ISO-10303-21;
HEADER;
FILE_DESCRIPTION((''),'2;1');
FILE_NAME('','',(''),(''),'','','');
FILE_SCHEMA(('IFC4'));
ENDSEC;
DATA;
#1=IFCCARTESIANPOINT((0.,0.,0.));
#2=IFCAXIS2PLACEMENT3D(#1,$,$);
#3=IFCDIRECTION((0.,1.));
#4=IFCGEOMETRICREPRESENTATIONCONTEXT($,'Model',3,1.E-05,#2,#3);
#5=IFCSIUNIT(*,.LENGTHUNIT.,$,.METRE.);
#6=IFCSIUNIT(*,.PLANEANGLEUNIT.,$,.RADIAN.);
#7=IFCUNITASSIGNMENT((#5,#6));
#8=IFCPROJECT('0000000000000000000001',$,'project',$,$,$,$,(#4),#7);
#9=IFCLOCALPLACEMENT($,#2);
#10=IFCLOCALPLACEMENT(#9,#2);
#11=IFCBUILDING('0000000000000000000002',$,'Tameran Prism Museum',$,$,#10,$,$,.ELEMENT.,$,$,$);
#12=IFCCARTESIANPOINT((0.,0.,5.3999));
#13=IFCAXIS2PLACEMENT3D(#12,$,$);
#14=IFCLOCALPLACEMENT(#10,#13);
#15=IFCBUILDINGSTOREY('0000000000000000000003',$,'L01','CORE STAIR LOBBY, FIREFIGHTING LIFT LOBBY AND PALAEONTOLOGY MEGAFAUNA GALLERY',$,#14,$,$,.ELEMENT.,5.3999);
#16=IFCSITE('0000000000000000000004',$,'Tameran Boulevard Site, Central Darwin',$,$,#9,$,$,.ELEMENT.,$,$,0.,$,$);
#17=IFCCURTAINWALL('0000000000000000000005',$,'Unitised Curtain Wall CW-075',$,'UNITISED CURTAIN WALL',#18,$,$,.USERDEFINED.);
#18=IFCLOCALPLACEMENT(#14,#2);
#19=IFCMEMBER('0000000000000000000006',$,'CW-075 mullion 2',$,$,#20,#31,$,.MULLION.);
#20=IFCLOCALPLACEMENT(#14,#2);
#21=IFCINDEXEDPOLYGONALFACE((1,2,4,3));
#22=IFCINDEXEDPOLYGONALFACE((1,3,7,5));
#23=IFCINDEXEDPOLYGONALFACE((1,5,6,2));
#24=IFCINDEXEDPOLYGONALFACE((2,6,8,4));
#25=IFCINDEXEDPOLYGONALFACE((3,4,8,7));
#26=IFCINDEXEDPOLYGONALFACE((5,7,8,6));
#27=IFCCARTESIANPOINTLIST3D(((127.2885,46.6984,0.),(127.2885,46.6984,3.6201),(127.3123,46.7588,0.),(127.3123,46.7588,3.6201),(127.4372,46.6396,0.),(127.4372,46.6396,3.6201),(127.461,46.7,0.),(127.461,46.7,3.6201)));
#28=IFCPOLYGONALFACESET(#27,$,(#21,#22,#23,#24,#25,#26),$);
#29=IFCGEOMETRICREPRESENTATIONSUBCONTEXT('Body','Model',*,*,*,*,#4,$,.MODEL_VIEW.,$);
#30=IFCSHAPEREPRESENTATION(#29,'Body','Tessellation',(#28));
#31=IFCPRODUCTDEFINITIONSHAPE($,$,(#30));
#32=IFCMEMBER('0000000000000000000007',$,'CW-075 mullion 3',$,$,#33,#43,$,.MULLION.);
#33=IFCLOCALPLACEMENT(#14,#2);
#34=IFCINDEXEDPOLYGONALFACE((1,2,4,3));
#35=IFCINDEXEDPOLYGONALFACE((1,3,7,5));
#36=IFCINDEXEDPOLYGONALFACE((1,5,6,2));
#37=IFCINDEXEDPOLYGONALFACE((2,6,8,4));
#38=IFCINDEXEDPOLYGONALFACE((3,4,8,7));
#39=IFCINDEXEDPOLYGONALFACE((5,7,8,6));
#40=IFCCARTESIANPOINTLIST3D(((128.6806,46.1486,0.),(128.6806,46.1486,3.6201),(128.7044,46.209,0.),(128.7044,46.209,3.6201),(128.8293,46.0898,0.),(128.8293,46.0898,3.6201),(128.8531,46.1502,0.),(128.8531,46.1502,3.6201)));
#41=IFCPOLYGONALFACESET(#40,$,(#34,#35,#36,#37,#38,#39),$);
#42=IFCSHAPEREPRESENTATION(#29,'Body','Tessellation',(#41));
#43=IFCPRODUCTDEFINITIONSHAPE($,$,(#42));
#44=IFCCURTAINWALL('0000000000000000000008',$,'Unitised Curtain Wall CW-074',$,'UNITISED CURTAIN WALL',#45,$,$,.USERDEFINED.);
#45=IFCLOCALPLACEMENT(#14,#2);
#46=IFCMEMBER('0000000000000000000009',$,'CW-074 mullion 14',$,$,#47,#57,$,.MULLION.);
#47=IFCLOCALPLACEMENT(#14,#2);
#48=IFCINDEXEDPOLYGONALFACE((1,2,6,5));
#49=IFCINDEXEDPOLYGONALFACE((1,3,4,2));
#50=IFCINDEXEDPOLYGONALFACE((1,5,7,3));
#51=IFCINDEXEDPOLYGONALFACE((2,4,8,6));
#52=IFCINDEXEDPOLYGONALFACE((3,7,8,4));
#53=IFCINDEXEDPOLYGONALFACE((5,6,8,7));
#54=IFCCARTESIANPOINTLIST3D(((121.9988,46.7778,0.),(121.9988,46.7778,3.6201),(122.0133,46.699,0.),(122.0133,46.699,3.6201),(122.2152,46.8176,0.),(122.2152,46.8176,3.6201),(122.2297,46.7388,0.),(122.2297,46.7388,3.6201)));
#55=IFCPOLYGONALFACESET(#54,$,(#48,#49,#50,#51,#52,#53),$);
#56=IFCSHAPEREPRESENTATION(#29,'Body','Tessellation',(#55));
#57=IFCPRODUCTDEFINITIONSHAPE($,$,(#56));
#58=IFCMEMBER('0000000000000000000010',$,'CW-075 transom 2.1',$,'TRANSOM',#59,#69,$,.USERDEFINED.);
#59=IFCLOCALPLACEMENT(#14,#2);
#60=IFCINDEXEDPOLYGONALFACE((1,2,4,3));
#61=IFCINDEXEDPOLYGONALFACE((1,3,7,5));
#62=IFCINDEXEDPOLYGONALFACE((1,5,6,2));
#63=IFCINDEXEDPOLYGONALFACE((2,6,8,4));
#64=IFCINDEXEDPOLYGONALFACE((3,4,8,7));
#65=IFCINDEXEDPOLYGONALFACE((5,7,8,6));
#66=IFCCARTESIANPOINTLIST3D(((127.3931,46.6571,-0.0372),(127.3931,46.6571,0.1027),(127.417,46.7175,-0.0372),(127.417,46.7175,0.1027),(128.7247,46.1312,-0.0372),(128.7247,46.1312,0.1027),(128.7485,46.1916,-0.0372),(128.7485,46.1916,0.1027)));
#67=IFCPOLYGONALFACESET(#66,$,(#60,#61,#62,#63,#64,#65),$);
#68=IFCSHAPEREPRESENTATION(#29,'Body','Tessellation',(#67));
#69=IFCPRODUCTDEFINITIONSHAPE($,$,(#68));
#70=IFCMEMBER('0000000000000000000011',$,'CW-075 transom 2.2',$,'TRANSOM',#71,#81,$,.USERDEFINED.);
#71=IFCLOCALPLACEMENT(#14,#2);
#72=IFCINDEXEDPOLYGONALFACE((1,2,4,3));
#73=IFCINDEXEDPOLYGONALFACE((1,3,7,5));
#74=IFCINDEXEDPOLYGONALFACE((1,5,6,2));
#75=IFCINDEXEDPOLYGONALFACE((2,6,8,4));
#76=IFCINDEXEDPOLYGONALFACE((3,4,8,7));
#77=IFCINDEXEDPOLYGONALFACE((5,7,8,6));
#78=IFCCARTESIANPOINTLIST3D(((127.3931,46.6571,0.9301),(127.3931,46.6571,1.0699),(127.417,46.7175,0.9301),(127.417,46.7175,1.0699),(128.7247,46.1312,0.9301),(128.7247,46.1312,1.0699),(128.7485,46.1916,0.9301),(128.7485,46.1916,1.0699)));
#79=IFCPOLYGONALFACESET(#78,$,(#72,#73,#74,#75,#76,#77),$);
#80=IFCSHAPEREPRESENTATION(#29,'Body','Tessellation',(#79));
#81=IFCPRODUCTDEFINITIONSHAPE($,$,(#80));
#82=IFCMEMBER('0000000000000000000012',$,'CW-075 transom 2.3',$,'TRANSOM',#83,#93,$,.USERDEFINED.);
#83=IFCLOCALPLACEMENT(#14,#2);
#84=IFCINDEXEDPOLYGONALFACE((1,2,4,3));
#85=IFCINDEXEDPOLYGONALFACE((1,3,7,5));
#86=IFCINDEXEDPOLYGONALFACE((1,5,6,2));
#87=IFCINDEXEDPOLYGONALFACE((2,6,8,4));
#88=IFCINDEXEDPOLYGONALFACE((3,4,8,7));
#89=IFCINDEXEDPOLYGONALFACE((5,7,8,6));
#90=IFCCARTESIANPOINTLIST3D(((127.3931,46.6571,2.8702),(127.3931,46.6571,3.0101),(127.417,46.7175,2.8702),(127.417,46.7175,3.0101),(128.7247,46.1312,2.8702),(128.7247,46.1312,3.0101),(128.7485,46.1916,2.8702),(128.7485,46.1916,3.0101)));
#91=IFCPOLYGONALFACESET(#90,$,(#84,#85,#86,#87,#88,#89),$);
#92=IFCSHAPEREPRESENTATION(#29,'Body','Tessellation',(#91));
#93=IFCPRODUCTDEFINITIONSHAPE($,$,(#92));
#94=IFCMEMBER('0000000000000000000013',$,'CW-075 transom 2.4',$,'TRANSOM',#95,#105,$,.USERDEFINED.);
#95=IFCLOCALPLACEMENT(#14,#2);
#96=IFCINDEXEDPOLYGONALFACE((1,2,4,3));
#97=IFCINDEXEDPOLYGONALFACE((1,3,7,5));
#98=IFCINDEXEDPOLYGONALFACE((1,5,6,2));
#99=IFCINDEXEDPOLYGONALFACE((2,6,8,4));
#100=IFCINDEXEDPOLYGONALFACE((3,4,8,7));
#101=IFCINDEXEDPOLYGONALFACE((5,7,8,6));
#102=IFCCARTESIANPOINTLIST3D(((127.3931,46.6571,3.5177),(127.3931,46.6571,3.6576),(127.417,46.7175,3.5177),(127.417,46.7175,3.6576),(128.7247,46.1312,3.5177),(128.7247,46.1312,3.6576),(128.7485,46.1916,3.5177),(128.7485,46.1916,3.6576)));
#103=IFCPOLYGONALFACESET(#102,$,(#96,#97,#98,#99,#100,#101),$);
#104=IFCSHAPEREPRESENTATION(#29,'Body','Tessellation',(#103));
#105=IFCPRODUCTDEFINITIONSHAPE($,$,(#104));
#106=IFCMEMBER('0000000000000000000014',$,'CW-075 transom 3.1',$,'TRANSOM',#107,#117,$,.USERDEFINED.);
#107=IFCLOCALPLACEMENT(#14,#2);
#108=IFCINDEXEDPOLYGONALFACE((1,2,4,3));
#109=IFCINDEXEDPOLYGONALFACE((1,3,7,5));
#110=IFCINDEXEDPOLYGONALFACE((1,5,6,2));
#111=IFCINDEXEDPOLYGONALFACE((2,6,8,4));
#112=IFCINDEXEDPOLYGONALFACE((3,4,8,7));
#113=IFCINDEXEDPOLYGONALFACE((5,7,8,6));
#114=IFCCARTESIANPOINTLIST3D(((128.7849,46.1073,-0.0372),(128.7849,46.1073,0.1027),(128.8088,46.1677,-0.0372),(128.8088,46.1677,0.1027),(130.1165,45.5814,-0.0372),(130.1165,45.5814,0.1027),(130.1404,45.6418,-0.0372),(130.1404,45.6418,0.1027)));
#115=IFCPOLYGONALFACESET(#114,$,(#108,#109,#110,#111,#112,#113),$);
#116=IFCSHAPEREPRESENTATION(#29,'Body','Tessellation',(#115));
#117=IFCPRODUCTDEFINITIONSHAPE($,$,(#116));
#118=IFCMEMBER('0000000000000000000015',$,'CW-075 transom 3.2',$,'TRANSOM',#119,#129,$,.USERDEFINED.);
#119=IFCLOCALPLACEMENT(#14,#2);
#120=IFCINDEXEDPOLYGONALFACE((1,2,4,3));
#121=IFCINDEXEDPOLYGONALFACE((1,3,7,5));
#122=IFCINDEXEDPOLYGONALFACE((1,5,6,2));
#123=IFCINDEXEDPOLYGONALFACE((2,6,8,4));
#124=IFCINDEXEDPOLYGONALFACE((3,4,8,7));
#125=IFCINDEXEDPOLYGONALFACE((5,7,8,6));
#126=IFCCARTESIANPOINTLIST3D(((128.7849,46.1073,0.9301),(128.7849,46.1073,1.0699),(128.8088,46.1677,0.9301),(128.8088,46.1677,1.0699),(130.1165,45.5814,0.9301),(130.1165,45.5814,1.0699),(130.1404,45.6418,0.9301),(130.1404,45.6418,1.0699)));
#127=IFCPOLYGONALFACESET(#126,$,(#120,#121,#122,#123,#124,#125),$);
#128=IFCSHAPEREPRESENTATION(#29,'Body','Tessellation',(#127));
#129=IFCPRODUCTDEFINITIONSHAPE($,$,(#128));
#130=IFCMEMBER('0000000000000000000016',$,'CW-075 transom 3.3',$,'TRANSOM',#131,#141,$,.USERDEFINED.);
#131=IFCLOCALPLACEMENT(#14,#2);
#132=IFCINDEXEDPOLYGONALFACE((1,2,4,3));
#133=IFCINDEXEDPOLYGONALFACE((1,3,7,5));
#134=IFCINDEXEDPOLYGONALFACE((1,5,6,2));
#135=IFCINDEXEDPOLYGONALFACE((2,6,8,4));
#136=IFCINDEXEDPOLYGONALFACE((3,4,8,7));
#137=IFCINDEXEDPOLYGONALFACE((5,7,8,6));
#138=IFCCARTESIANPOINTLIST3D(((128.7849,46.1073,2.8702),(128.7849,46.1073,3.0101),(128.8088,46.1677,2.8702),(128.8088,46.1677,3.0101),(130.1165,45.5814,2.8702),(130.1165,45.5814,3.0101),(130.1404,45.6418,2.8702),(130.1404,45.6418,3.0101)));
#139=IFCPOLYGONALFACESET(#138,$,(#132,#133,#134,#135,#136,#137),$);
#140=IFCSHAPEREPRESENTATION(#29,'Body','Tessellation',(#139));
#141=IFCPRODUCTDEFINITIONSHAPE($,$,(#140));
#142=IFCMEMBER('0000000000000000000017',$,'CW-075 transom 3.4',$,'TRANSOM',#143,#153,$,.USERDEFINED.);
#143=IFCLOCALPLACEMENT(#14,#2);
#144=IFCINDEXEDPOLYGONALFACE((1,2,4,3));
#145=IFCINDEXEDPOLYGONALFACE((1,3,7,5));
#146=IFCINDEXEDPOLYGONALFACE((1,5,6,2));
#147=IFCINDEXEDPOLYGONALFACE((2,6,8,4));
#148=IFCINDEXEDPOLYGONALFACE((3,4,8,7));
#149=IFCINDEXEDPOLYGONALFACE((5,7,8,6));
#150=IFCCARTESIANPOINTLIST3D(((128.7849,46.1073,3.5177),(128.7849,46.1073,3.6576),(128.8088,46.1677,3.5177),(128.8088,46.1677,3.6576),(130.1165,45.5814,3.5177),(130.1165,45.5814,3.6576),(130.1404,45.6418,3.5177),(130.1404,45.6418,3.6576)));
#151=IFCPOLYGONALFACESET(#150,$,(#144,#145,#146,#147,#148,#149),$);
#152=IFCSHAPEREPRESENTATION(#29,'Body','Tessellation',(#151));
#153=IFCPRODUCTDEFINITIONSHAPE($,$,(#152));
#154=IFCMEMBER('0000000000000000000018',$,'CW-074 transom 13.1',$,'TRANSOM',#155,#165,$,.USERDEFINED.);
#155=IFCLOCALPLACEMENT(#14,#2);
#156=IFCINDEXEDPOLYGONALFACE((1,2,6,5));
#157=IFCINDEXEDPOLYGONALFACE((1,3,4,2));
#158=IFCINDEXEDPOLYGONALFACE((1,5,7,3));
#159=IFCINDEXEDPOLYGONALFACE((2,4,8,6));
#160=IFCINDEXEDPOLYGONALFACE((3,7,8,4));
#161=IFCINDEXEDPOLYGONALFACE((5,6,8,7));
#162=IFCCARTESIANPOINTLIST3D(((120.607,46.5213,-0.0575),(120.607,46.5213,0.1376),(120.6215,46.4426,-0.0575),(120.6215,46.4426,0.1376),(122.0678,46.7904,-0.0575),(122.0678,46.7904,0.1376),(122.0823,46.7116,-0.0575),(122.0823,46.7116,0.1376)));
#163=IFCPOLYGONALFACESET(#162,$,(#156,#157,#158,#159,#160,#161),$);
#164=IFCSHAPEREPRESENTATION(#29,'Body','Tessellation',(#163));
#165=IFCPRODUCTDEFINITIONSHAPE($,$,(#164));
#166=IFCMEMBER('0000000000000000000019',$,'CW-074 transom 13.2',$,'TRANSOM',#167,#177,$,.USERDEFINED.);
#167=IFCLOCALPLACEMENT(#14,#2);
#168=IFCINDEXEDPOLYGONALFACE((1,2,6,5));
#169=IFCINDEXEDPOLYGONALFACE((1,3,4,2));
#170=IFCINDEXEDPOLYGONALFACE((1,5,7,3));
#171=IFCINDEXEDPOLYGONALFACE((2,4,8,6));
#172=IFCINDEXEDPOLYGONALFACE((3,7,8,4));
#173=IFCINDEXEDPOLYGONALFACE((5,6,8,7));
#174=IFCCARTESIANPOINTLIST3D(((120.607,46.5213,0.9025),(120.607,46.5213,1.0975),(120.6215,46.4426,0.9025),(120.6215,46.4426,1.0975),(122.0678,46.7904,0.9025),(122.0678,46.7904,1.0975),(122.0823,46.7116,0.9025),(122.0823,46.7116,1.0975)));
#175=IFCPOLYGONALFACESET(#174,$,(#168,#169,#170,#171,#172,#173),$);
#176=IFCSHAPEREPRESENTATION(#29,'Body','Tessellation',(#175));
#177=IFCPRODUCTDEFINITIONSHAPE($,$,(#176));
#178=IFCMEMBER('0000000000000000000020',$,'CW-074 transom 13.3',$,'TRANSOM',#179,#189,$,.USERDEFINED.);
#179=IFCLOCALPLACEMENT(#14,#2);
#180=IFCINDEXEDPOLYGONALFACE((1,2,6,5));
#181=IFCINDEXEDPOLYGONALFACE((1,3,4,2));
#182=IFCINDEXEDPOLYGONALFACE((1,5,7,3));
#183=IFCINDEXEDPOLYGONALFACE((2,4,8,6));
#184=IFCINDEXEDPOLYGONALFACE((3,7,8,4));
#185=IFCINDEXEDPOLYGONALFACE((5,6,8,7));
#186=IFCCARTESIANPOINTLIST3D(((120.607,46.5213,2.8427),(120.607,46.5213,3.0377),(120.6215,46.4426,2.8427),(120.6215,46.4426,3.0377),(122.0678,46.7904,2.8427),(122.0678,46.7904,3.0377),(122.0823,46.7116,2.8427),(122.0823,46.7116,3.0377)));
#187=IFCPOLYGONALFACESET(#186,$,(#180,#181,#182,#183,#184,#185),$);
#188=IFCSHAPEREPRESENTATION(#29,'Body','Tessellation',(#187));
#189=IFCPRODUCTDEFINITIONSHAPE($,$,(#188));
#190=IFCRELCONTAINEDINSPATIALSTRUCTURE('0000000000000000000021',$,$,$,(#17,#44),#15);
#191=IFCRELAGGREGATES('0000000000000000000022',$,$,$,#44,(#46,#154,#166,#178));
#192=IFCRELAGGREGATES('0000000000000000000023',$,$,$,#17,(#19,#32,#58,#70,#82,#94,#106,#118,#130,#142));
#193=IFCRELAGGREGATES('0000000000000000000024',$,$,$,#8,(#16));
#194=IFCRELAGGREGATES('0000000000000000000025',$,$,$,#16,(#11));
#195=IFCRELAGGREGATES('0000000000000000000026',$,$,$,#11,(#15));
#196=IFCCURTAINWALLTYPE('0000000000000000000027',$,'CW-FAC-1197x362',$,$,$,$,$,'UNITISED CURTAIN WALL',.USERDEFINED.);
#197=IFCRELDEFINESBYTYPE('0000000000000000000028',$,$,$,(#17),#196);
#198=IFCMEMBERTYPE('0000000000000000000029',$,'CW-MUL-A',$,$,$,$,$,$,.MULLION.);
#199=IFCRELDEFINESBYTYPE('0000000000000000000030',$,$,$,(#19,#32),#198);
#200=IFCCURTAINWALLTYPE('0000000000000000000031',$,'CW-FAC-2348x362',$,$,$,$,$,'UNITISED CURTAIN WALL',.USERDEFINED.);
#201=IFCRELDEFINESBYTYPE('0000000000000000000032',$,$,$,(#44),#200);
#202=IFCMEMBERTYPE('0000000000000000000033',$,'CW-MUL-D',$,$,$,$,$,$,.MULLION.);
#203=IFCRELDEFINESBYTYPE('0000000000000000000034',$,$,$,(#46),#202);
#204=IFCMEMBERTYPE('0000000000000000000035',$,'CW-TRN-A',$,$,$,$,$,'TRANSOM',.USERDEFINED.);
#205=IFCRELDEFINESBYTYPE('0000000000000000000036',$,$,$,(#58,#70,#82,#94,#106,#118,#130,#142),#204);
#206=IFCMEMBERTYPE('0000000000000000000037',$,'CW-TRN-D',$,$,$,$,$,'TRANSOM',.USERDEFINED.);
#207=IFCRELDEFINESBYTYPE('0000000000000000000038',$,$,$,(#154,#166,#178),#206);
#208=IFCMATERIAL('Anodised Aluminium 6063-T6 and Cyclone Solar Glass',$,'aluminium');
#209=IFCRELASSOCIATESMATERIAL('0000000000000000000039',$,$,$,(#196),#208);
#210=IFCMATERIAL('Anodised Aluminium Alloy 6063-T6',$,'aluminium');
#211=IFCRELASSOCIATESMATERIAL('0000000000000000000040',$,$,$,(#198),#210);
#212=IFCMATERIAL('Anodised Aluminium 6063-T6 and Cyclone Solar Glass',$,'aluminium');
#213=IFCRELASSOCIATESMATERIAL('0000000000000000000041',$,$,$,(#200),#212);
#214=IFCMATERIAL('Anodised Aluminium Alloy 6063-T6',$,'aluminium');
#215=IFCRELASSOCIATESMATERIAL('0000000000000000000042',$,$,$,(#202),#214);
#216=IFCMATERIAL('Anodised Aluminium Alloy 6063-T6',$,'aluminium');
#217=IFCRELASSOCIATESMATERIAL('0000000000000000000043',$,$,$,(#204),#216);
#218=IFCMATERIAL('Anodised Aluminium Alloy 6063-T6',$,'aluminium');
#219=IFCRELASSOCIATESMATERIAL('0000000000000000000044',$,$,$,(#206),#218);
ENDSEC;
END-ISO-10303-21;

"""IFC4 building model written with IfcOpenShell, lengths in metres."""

from ifc_helpers import new_model, si_unit, direction, frame, origin, origin_2d, place, context, subcontext, project, spatial, rectangle, extrude, material, material_profile, profile_set, type_object, element, aggregate, save


model = new_model("IFC4")

# Units and contexts
model_context = context("Model", 3, precision=1e-05, world=origin(), true_north=direction((0.0, 1.0)))
body_context = subcontext(model_context, "Body", "Model", "MODEL_VIEW")
ifc_project = project(units=[si_unit("LENGTHUNIT", "METRE"), si_unit("PLANEANGLEUNIT", "RADIAN")], contexts=[model_context])

# Site, building, storey
site_placement = place(None, origin())
site = spatial("IfcSite", under=ifc_project, at=site_placement, Name="Tameran Boulevard Site, Central Darwin", CompositionType="ELEMENT", RefElevation=0.0)
building_placement = place(site_placement, origin())
building = spatial("IfcBuilding", under=site, at=building_placement, Name="Tameran Prism Museum", CompositionType="ELEMENT")
storey_placement = place(building_placement, frame((0.0, 0.0, 5.3999)))
storey = spatial("IfcBuildingStorey", under=building, at=storey_placement, Name="L01", Description="CORE STAIR LOBBY, FIREFIGHTING LIFT LOBBY AND PALAEONTOLOGY MEGAFAUNA GALLERY", CompositionType="ELEMENT", Elevation=5.3999)

# Curtain wall, members
ifc_material_1 = material(Name="Anodised Aluminium 6063-T6 and Cyclone Solar Glass", Category="aluminium")
curtain_wall_type_1 = type_object("IfcCurtainWallType", Name="CW-FAC-1197x362", ElementType="UNITISED CURTAIN WALL", PredefinedType="USERDEFINED", material=ifc_material_1)
curtain_wall_1_placement = place(storey_placement, origin())
curtain_wall_1 = element("IfcCurtainWall", 1, at=curtain_wall_1_placement, inside=storey, type_object=curtain_wall_type_1, Name="Unitised Curtain Wall CW-075", ObjectType="UNITISED CURTAIN WALL", PredefinedType="USERDEFINED")
ifc_material_2 = material(Name="Anodised Aluminium Alloy 6063-T6", Category="aluminium")
ifc_material_profile_1 = material_profile(ifc_material_2, rectangle(XDim=0.0649, YDim=0.1599, at=origin_2d()))
ifc_profile_set_1 = profile_set([ifc_material_profile_1])
member_type_1 = type_object("IfcMemberType", Name="CW-MUL-A", PredefinedType="MULLION", material=ifc_profile_set_1)
member_1_placement = place(storey_placement, frame((127.3748, 46.6992, 0.0), z_axis=(0.0, 0.0, 1.0), x_axis=(0.367355, 0.930081, 0.0)))
member_1 = element("IfcMember", 2, at=member_1_placement, type_object=member_type_1, Name="CW-075 mullion 2", PredefinedType="MULLION", context=body_context, shape_type="SweptSolid", body=[
    extrude(rectangle(XDim=0.0649, YDim=0.1599, at=origin_2d()), origin(), (0.0, 0.0, 1.0), 3.6201),
])
member_2_placement = place(storey_placement, frame((128.7668, 46.1494, 0.0), z_axis=(0.0, 0.0, 1.0), x_axis=(0.367355, 0.930081, 0.0)))
member_2 = element("IfcMember", 3, at=member_2_placement, type_object=member_type_1, Name="CW-075 mullion 3", PredefinedType="MULLION", context=body_context, shape_type="SweptSolid", body=[
    extrude(rectangle(XDim=0.0649, YDim=0.1599, at=origin_2d()), origin(), (0.0, 0.0, 1.0), 3.6201),
])

# Curtain wall, member
ifc_material_3 = material(Name="Anodised Aluminium 6063-T6 and Cyclone Solar Glass", Category="aluminium")
curtain_wall_type_2 = type_object("IfcCurtainWallType", Name="CW-FAC-2348x362", ElementType="UNITISED CURTAIN WALL", PredefinedType="USERDEFINED", material=ifc_material_3)
curtain_wall_2_placement = place(storey_placement, origin())
curtain_wall_2 = element("IfcCurtainWall", 4, at=curtain_wall_2_placement, inside=storey, type_object=curtain_wall_type_2, Name="Unitised Curtain Wall CW-074", ObjectType="UNITISED CURTAIN WALL", PredefinedType="USERDEFINED")
ifc_material_4 = material(Name="Anodised Aluminium Alloy 6063-T6", Category="aluminium")
ifc_material_profile_2 = material_profile(ifc_material_4, rectangle(XDim=0.0801, YDim=0.22, at=origin_2d()))
ifc_profile_set_2 = profile_set([ifc_material_profile_2])
member_type_2 = type_object("IfcMemberType", Name="CW-MUL-D", PredefinedType="MULLION", material=ifc_profile_set_2)
member_3_placement = place(storey_placement, frame((122.1143, 46.7583, 0.0), z_axis=(0.0, 0.0, 1.0), x_axis=(-0.181063, 0.983472, 0.0)))
member_3 = element("IfcMember", 5, at=member_3_placement, type_object=member_type_2, Name="CW-074 mullion 14", PredefinedType="MULLION", context=body_context, shape_type="SweptSolid", body=[
    extrude(rectangle(XDim=0.0801, YDim=0.22, at=origin_2d()), origin(), (0.0, 0.0, 1.0), 3.6201),
])

# Members
ifc_material_5 = material(Name="Anodised Aluminium Alloy 6063-T6", Category="aluminium")
ifc_material_profile_3 = material_profile(ifc_material_5, rectangle(XDim=0.0649, YDim=0.1399, at=origin_2d()))
ifc_profile_set_3 = profile_set([ifc_material_profile_3])
member_type_3 = type_object("IfcMemberType", Name="CW-TRN-A", ElementType="TRANSOM", PredefinedType="USERDEFINED", material=ifc_profile_set_3)
member_4_placement = place(storey_placement, frame((127.405, 46.6873, 0.0327), z_axis=(0.930091, -0.36733, 0.0), x_axis=(0.36733, 0.930091, 0.0)))
member_4 = element("IfcMember", 6, at=member_4_placement, type_object=member_type_3, Name="CW-075 transom 2.1", ObjectType="TRANSOM", PredefinedType="USERDEFINED", context=body_context, shape_type="SweptSolid", body=[
    extrude(rectangle(XDim=0.0649, YDim=0.1399, at=origin_2d()), origin(), (0.0, 0.0, 1.0), 1.4316),
])
member_5_placement = place(storey_placement, frame((127.405, 46.6873, 1.0), z_axis=(0.930091, -0.36733, 0.0), x_axis=(0.36733, 0.930091, 0.0)))
member_5 = element("IfcMember", 7, at=member_5_placement, type_object=member_type_3, Name="CW-075 transom 2.2", ObjectType="TRANSOM", PredefinedType="USERDEFINED", context=body_context, shape_type="SweptSolid", body=[
    extrude(rectangle(XDim=0.0649, YDim=0.1399, at=origin_2d()), origin(), (0.0, 0.0, 1.0), 1.4316),
])
member_6_placement = place(storey_placement, frame((127.405, 46.6873, 2.9402), z_axis=(0.930091, -0.36733, 0.0), x_axis=(0.36733, 0.930091, 0.0)))
member_6 = element("IfcMember", 8, at=member_6_placement, type_object=member_type_3, Name="CW-075 transom 2.3", ObjectType="TRANSOM", PredefinedType="USERDEFINED", context=body_context, shape_type="SweptSolid", body=[
    extrude(rectangle(XDim=0.0649, YDim=0.1399, at=origin_2d()), origin(), (0.0, 0.0, 1.0), 1.4316),
])
member_7_placement = place(storey_placement, frame((127.405, 46.6873, 3.5876), z_axis=(0.930091, -0.36733, 0.0), x_axis=(0.36733, 0.930091, 0.0)))
member_7 = element("IfcMember", 9, at=member_7_placement, type_object=member_type_3, Name="CW-075 transom 2.4", ObjectType="TRANSOM", PredefinedType="USERDEFINED", context=body_context, shape_type="SweptSolid", body=[
    extrude(rectangle(XDim=0.0649, YDim=0.1399, at=origin_2d()), origin(), (0.0, 0.0, 1.0), 1.4316),
])
member_8_placement = place(storey_placement, frame((128.7969, 46.1375, 0.0327), z_axis=(0.930091, -0.36733, 0.0), x_axis=(0.36733, 0.930091, 0.0)))
member_8 = element("IfcMember", 10, at=member_8_placement, type_object=member_type_3, Name="CW-075 transom 3.1", ObjectType="TRANSOM", PredefinedType="USERDEFINED", context=body_context, shape_type="SweptSolid", body=[
    extrude(rectangle(XDim=0.0649, YDim=0.1399, at=origin_2d()), origin(), (0.0, 0.0, 1.0), 1.4316),
])
member_9_placement = place(storey_placement, frame((128.7969, 46.1375, 1.0), z_axis=(0.930091, -0.36733, 0.0), x_axis=(0.36733, 0.930091, 0.0)))
member_9 = element("IfcMember", 11, at=member_9_placement, type_object=member_type_3, Name="CW-075 transom 3.2", ObjectType="TRANSOM", PredefinedType="USERDEFINED", context=body_context, shape_type="SweptSolid", body=[
    extrude(rectangle(XDim=0.0649, YDim=0.1399, at=origin_2d()), origin(), (0.0, 0.0, 1.0), 1.4316),
])
member_10_placement = place(storey_placement, frame((128.7969, 46.1375, 2.9402), z_axis=(0.930091, -0.36733, 0.0), x_axis=(0.36733, 0.930091, 0.0)))
member_10 = element("IfcMember", 12, at=member_10_placement, type_object=member_type_3, Name="CW-075 transom 3.3", ObjectType="TRANSOM", PredefinedType="USERDEFINED", context=body_context, shape_type="SweptSolid", body=[
    extrude(rectangle(XDim=0.0649, YDim=0.1399, at=origin_2d()), origin(), (0.0, 0.0, 1.0), 1.4316),
])
member_11_placement = place(storey_placement, frame((128.7969, 46.1375, 3.5876), z_axis=(0.930091, -0.36733, 0.0), x_axis=(0.36733, 0.930091, 0.0)))
member_11 = element("IfcMember", 13, at=member_11_placement, type_object=member_type_3, Name="CW-075 transom 3.4", ObjectType="TRANSOM", PredefinedType="USERDEFINED", context=body_context, shape_type="SweptSolid", body=[
    extrude(rectangle(XDim=0.0649, YDim=0.1399, at=origin_2d()), origin(), (0.0, 0.0, 1.0), 1.4316),
])
ifc_material_6 = material(Name="Anodised Aluminium Alloy 6063-T6", Category="aluminium")
ifc_material_profile_4 = material_profile(ifc_material_6, rectangle(XDim=0.0801, YDim=0.1951, at=origin_2d()))
ifc_profile_set_4 = profile_set([ifc_material_profile_4])
member_type_4 = type_object("IfcMemberType", Name="CW-TRN-D", ElementType="TRANSOM", PredefinedType="USERDEFINED", material=ifc_profile_set_4)
member_12_placement = place(storey_placement, frame((120.6143, 46.4819, 0.04), z_axis=(0.983457, 0.181142, 0.0), x_axis=(-0.181142, 0.983457, 0.0)))
member_12 = element("IfcMember", 14, at=member_12_placement, type_object=member_type_4, Name="CW-074 transom 13.1", ObjectType="TRANSOM", PredefinedType="USERDEFINED", context=body_context, shape_type="SweptSolid", body=[
    extrude(rectangle(XDim=0.0801, YDim=0.1951, at=origin_2d()), origin(), (0.0, 0.0, 1.0), 1.4854),
])
member_13_placement = place(storey_placement, frame((120.6143, 46.4819, 1.0), z_axis=(0.983457, 0.181142, 0.0), x_axis=(-0.181142, 0.983457, 0.0)))
member_13 = element("IfcMember", 15, at=member_13_placement, type_object=member_type_4, Name="CW-074 transom 13.2", ObjectType="TRANSOM", PredefinedType="USERDEFINED", context=body_context, shape_type="SweptSolid", body=[
    extrude(rectangle(XDim=0.0801, YDim=0.1951, at=origin_2d()), origin(), (0.0, 0.0, 1.0), 1.4854),
])
member_14_placement = place(storey_placement, frame((120.6143, 46.4819, 2.9402), z_axis=(0.983457, 0.181142, 0.0), x_axis=(-0.181142, 0.983457, 0.0)))
member_14 = element("IfcMember", 16, at=member_14_placement, type_object=member_type_4, Name="CW-074 transom 13.3", ObjectType="TRANSOM", PredefinedType="USERDEFINED", context=body_context, shape_type="SweptSolid", body=[
    extrude(rectangle(XDim=0.0801, YDim=0.1951, at=origin_2d()), origin(), (0.0, 0.0, 1.0), 1.4854),
])

aggregate(curtain_wall_2, [member_3, member_12, member_13, member_14])
aggregate(curtain_wall_1, [member_1, member_2, member_4, member_5, member_6, member_7, member_8, member_9, member_10, member_11])

save(model, "model.ifc")
